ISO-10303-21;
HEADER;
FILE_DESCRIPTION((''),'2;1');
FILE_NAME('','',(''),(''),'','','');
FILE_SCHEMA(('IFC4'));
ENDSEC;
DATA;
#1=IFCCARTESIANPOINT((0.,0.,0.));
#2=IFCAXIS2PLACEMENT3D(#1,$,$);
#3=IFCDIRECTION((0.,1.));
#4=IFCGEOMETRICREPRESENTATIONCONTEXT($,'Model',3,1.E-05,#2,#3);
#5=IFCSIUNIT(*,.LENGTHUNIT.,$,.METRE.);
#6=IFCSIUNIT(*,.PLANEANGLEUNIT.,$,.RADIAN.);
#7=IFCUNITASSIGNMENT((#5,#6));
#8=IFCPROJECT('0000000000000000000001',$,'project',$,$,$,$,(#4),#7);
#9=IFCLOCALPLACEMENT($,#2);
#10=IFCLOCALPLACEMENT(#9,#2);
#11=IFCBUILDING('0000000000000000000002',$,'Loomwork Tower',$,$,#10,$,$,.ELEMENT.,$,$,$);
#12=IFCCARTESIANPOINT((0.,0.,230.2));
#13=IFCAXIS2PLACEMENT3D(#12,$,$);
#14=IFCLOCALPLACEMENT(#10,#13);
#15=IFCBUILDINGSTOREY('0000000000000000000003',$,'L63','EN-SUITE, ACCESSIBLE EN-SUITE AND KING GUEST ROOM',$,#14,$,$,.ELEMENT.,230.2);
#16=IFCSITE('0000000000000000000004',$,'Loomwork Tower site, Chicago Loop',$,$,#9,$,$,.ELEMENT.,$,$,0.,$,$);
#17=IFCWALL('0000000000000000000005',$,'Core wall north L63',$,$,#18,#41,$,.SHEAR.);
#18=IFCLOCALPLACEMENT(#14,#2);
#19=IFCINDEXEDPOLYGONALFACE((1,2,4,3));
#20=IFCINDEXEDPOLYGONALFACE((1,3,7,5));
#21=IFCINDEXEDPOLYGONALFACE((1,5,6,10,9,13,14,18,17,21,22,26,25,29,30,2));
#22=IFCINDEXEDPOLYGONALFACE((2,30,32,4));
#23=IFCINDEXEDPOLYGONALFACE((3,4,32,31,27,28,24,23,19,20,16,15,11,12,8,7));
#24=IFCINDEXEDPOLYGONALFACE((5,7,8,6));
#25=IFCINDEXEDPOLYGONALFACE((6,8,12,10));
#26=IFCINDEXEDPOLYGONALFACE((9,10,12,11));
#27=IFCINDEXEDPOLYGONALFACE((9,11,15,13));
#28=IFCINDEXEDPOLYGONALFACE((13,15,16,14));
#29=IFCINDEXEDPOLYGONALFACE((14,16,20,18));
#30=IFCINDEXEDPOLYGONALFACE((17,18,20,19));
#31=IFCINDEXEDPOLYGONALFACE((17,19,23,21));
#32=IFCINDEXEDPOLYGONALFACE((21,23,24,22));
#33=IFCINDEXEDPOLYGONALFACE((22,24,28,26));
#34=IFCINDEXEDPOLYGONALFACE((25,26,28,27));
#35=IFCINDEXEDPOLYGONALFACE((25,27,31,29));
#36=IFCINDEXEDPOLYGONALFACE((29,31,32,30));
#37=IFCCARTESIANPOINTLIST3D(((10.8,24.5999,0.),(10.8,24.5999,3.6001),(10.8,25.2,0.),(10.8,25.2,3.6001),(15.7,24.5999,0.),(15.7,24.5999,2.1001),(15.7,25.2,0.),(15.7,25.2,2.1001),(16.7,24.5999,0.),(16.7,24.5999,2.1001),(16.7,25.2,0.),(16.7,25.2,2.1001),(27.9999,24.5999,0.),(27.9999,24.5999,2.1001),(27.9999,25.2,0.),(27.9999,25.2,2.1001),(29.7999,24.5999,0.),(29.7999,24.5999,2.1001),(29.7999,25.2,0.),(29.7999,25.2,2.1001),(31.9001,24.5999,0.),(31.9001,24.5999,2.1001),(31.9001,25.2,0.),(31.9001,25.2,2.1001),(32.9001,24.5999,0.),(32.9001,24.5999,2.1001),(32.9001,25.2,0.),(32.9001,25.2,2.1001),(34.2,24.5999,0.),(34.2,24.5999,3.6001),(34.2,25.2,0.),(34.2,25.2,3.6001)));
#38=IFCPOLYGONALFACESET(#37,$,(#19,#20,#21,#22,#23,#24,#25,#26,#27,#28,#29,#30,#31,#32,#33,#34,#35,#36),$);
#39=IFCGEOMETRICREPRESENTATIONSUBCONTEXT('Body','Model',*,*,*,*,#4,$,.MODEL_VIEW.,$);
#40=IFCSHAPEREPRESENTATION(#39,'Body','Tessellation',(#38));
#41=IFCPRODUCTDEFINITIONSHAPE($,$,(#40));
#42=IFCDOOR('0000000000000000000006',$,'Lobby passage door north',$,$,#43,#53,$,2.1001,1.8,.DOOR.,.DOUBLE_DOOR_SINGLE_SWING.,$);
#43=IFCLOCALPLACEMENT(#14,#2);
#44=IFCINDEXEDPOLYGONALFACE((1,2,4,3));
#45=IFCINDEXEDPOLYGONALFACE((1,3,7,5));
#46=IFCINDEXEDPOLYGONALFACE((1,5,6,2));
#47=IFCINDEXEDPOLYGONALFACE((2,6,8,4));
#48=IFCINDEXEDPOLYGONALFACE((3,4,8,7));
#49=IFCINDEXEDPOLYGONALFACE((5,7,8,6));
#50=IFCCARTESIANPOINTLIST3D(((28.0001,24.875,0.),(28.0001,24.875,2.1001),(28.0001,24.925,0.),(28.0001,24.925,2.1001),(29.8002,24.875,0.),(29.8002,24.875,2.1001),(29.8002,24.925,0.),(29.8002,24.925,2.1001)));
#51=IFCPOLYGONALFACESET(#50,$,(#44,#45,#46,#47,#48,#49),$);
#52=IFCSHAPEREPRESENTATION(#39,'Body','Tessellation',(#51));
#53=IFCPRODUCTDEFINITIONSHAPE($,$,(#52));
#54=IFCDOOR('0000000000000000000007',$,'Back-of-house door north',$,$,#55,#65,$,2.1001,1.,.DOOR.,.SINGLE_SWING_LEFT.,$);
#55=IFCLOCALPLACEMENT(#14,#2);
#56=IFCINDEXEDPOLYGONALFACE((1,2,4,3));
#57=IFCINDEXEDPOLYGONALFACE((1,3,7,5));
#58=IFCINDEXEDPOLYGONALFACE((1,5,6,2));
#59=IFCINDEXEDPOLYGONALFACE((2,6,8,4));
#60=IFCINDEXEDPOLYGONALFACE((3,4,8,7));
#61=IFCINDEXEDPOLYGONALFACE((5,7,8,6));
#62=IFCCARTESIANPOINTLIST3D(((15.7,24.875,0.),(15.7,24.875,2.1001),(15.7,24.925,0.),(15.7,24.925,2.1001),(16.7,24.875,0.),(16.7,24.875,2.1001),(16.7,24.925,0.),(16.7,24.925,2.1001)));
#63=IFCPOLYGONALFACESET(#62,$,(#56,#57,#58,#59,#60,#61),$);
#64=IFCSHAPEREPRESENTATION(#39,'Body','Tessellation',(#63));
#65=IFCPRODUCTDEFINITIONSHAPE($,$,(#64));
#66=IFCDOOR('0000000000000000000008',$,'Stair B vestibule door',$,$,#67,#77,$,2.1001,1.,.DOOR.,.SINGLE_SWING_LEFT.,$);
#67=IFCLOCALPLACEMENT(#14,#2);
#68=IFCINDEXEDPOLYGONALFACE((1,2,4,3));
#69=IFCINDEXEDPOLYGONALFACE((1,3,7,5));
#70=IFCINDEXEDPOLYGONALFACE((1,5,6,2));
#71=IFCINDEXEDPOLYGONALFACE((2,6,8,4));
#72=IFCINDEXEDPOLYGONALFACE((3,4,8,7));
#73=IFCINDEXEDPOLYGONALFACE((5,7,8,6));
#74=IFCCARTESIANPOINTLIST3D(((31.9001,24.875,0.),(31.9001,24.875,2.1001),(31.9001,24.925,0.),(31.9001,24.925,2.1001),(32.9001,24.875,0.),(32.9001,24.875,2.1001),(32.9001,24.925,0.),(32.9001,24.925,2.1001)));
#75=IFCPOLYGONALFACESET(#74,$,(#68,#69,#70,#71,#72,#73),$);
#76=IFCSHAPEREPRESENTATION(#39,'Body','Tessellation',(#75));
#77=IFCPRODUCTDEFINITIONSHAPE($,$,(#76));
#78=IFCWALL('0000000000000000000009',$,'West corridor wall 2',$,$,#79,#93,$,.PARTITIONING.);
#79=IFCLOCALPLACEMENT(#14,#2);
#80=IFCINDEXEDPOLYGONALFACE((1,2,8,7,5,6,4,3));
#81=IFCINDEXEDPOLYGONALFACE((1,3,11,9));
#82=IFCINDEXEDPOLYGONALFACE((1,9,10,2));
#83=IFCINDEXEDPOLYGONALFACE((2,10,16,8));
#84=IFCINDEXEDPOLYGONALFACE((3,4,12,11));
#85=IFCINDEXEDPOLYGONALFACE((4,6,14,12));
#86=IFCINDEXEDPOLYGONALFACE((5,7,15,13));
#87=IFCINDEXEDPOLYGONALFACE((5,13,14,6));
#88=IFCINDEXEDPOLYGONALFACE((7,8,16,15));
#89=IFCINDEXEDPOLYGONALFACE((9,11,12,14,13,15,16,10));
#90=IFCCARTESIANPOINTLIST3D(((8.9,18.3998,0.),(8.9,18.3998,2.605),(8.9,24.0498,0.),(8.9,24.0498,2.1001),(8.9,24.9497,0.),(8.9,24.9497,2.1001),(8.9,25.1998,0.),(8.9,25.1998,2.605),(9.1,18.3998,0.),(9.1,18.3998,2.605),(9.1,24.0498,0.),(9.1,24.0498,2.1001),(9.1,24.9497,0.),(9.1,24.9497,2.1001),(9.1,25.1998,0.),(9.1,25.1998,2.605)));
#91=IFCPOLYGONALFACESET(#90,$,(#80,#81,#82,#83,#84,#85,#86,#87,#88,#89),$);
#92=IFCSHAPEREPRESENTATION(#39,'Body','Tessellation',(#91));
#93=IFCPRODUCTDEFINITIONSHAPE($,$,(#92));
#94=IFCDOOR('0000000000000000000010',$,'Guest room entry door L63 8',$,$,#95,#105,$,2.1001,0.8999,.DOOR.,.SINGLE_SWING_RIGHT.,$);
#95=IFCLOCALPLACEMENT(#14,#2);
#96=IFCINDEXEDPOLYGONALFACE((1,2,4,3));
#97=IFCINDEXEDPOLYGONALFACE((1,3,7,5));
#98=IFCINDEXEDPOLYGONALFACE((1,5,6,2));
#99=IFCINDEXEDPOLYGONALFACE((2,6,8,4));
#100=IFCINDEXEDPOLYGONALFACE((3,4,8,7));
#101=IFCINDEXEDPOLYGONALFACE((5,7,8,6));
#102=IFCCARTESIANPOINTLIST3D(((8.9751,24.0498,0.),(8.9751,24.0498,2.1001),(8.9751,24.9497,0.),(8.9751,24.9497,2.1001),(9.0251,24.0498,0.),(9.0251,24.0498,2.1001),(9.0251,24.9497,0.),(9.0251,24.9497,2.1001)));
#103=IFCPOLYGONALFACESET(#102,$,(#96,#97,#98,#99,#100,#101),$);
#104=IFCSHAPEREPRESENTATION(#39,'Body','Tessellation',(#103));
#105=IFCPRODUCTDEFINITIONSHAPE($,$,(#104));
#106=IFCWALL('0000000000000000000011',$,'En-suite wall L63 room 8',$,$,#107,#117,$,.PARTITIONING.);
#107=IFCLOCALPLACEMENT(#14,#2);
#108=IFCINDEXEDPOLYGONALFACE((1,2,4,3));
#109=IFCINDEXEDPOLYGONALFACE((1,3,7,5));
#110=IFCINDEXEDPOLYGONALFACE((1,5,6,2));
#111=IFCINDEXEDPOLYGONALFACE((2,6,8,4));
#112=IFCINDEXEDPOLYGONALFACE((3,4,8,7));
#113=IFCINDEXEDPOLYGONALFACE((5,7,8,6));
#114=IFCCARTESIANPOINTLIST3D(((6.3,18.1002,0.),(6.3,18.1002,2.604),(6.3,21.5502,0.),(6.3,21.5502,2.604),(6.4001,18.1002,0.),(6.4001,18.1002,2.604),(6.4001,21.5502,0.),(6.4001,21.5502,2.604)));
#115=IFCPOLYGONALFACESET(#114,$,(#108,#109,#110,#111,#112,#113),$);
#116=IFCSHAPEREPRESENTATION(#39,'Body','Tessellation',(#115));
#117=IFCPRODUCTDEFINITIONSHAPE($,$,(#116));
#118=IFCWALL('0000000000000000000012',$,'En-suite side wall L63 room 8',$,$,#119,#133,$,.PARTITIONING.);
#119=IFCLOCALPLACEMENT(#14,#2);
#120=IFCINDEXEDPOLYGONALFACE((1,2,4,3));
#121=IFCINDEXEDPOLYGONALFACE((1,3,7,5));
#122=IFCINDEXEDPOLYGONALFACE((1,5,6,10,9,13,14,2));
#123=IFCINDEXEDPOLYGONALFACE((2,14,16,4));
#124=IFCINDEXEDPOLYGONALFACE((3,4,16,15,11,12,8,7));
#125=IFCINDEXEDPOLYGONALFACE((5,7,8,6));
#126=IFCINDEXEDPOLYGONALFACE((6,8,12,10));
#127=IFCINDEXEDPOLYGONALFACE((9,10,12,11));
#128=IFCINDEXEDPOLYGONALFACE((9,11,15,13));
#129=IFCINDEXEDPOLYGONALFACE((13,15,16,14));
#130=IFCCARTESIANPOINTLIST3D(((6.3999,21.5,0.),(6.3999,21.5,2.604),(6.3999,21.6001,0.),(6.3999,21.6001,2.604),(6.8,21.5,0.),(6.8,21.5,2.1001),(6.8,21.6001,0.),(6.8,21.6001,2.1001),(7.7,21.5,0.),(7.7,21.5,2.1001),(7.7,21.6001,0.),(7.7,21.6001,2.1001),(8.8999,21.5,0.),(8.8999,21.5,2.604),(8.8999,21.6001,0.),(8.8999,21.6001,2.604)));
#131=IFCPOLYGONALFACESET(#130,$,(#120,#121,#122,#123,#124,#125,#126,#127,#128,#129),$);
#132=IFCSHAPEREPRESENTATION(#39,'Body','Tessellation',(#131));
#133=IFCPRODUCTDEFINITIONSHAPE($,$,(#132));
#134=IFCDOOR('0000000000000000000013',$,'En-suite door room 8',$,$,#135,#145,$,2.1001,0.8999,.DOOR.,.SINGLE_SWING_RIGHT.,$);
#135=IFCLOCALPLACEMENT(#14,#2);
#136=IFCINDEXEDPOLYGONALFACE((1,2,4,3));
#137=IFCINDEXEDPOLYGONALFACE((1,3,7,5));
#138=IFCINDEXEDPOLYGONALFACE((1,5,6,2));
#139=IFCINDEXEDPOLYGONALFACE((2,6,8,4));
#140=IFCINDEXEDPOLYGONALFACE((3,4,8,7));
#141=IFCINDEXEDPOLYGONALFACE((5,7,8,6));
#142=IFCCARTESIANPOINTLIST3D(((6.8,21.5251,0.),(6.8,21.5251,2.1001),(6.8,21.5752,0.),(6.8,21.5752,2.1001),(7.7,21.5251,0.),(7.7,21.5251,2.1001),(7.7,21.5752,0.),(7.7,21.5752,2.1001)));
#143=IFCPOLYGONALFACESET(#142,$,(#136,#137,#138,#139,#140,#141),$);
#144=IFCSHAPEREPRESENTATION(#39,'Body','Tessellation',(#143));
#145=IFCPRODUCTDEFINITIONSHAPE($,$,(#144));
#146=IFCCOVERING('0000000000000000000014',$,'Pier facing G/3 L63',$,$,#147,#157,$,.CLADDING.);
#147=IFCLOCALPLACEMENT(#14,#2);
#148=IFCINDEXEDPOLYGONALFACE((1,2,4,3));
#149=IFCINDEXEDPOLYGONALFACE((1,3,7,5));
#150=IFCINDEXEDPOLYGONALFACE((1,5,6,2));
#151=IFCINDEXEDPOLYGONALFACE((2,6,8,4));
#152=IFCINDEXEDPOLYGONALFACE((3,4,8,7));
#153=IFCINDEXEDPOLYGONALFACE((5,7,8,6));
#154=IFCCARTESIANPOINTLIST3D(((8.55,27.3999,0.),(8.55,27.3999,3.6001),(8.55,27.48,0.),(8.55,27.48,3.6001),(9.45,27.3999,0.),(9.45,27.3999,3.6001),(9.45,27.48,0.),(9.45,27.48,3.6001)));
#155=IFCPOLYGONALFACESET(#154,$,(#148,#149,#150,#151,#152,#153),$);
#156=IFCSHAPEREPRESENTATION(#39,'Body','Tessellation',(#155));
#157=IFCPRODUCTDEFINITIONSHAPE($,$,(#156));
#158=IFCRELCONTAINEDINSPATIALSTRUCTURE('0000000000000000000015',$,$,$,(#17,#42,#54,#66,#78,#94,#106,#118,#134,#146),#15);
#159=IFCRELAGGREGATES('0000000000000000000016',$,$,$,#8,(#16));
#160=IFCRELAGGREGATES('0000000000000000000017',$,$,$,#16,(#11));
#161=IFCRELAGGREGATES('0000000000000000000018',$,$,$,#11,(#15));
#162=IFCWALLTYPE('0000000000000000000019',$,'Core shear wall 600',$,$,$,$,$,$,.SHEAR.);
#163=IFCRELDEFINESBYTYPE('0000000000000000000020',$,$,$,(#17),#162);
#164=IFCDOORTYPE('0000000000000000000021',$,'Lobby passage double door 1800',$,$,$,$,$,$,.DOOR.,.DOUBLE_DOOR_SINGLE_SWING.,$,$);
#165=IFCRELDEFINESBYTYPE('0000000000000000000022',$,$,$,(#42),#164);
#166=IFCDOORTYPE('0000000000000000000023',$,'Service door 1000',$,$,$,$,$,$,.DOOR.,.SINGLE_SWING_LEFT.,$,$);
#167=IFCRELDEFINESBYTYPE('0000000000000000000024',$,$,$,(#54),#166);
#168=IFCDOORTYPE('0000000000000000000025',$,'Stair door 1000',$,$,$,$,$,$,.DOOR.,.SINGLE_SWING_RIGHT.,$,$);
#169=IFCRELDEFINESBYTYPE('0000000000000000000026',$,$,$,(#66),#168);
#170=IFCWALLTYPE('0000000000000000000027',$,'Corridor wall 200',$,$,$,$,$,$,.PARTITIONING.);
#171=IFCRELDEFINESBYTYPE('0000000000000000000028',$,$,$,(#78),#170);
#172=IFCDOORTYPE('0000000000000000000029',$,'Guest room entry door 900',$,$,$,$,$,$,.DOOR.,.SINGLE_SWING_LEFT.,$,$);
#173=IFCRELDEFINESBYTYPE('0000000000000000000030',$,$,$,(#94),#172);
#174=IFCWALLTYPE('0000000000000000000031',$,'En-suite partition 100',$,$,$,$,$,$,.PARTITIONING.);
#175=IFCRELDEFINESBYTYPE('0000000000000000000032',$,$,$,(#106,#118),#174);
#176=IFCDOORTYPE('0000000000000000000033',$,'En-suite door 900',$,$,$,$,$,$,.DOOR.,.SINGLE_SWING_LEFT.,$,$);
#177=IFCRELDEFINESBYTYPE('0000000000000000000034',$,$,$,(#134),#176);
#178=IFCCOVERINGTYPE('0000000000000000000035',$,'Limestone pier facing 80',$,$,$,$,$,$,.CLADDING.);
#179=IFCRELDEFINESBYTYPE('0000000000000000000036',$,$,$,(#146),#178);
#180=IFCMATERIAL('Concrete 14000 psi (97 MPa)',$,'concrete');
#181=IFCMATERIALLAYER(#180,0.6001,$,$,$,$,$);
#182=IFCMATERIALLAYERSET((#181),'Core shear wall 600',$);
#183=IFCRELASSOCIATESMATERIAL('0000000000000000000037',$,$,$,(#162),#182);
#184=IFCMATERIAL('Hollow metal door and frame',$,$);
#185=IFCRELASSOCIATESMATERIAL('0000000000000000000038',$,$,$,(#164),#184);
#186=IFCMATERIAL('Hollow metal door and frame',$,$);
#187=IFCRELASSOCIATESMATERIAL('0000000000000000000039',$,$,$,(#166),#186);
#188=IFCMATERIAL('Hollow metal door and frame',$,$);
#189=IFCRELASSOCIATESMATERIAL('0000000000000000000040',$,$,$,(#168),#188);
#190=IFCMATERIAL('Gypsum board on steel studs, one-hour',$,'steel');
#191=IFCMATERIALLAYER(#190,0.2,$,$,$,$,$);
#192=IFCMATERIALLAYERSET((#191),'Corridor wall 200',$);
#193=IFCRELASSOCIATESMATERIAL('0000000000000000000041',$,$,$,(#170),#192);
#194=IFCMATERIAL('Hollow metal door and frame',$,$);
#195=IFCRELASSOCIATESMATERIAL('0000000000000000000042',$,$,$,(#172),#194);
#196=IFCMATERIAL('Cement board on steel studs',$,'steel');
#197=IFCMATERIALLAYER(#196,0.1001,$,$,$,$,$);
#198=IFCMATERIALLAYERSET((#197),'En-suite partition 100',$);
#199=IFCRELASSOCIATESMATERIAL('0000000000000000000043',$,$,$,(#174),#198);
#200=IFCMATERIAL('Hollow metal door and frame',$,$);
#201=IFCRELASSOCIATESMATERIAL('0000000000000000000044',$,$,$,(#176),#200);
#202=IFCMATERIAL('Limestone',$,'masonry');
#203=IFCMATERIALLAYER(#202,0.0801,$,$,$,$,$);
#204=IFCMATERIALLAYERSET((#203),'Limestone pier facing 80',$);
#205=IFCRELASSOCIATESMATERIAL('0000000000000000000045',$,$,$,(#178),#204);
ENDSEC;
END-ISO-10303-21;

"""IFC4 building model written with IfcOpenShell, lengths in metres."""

from ifc_helpers import new_model, si_unit, direction, frame, frame_2d, origin, origin_2d, place, context, subcontext, project, spatial, rectangle, extrude, material, layer, layer_set, type_object, element, fill, save


model = new_model("IFC4")

# Units and contexts
model_context = context("Model", 3, precision=1e-05, world=origin(), true_north=direction((0.0, 1.0)))
body_context = subcontext(model_context, "Body", "Model", "MODEL_VIEW")
ifc_project = project(units=[si_unit("LENGTHUNIT", "METRE"), si_unit("PLANEANGLEUNIT", "RADIAN")], contexts=[model_context])

# Site, building, storey
site_placement = place(None, origin())
site = spatial("IfcSite", under=ifc_project, at=site_placement, Name="Loomwork Tower site, Chicago Loop", CompositionType="ELEMENT", RefElevation=0.0)
building_placement = place(site_placement, origin())
building = spatial("IfcBuilding", under=site, at=building_placement, Name="Loomwork Tower", CompositionType="ELEMENT")
storey_placement = place(building_placement, frame((0.0, 0.0, 230.2)))
storey = spatial("IfcBuildingStorey", under=building, at=storey_placement, Name="L63", Description="EN-SUITE, ACCESSIBLE EN-SUITE AND KING GUEST ROOM", CompositionType="ELEMENT", Elevation=230.2)

# Wall, openings, doors
ifc_material_1 = material(Name="Concrete 14000 psi (97 MPa)", Category="concrete")
ifc_layer_1 = layer(ifc_material_1, 0.6001)
ifc_layer_set_1 = layer_set([ifc_layer_1], Name="Core shear wall 600")
wall_type_1 = type_object("IfcWallType", Name="Core shear wall 600", PredefinedType="SHEAR", material=ifc_layer_set_1)
wall_1_placement = place(storey_placement, frame((10.8, 24.8999, 0.0), z_axis=(0.0, 0.0, 1.0), x_axis=(1.0, 0.0, 0.0)))
wall_1 = element("IfcWall", 1, at=wall_1_placement, inside=storey, type_object=wall_type_1, Name="Core wall north L63", PredefinedType="SHEAR", context=body_context, shape_type="SweptSolid", body=[
    extrude(rectangle(XDim=23.3999, YDim=0.6001, at=frame_2d((11.7, 0.0))), origin(), (0.0, 0.0, 1.0), 3.6001),
])
opening_1_placement = place(wall_1_placement, frame((17.2, 0.0, 0.0)))
opening_1 = element("IfcOpeningElement", 2, at=opening_1_placement, cuts=wall_1, PredefinedType="OPENING", context=body_context, shape_type="SweptSolid", body=[
    extrude(rectangle(XDim=1.8, YDim=2.1001, at=frame_2d((0.8999, 1.05))), frame((0.0, 0.3101, 0.0), z_axis=(0.0, -1.0, 0.0), x_axis=(1.0, 0.0, 0.0)), (0.0, 0.0, 1.0), 0.6201),
])
opening_2_placement = place(wall_1_placement, frame((21.1001, 0.0, 0.0)))
opening_2 = element("IfcOpeningElement", 3, at=opening_2_placement, cuts=wall_1, PredefinedType="OPENING", context=body_context, shape_type="SweptSolid", body=[
    extrude(rectangle(XDim=1.0, YDim=2.1001, at=frame_2d((0.5, 1.05))), frame((0.0, 0.3101, 0.0), z_axis=(0.0, -1.0, 0.0), x_axis=(1.0, 0.0, 0.0)), (0.0, 0.0, 1.0), 0.6201),
])
opening_3_placement = place(wall_1_placement, frame((4.8999, 0.0, 0.0)))
opening_3 = element("IfcOpeningElement", 4, at=opening_3_placement, cuts=wall_1, PredefinedType="OPENING", context=body_context, shape_type="SweptSolid", body=[
    extrude(rectangle(XDim=1.0, YDim=2.1001, at=frame_2d((0.5, 1.05))), frame((0.0, 0.3101, 0.0), z_axis=(0.0, -1.0, 0.0), x_axis=(1.0, 0.0, 0.0)), (0.0, 0.0, 1.0), 0.6201),
])
ifc_material_2 = material(Name="Hollow metal door and frame")
door_type_1 = type_object("IfcDoorType", Name="Lobby passage double door 1800", OperationType="DOUBLE_DOOR_SINGLE_SWING", PredefinedType="DOOR", material=ifc_material_2)
door_1_placement = place(opening_1_placement, frame((1.8, 0.0, 0.0), z_axis=(0.0, 0.0, 1.0), x_axis=(-1.0, 0.0, 0.0)))
door_1 = element("IfcDoor", 5, at=door_1_placement, inside=storey, type_object=door_type_1, Name="Lobby passage door north", OperationType="DOUBLE_DOOR_SINGLE_SWING", OverallHeight=2.1001, OverallWidth=1.8, PredefinedType="DOOR", context=body_context, shape_type="SweptSolid", body=[
    extrude(rectangle(XDim=1.8, YDim=2.1001, at=frame_2d((0.8999, 1.05))), frame((0.0, 0.0249, 0.0), z_axis=(0.0, -1.0, 0.0), x_axis=(1.0, 0.0, 0.0)), (0.0, 0.0, 1.0), 0.05),
])
fill(opening_1, door_1)
ifc_material_3 = material(Name="Hollow metal door and frame")
door_type_2 = type_object("IfcDoorType", Name="Service door 1000", OperationType="SINGLE_SWING_LEFT", PredefinedType="DOOR", material=ifc_material_3)
door_2_placement = place(opening_3_placement, frame((1.0, 0.0, 0.0), z_axis=(0.0, 0.0, 1.0), x_axis=(-1.0, 0.0, 0.0)))
door_2 = element("IfcDoor", 6, at=door_2_placement, inside=storey, type_object=door_type_2, Name="Back-of-house door north", OperationType="SINGLE_SWING_LEFT", OverallHeight=2.1001, OverallWidth=1.0, PredefinedType="DOOR", context=body_context, shape_type="SweptSolid", body=[
    extrude(rectangle(XDim=1.0, YDim=2.1001, at=frame_2d((0.5, 1.05))), frame((0.0, 0.0249, 0.0), z_axis=(0.0, -1.0, 0.0), x_axis=(1.0, 0.0, 0.0)), (0.0, 0.0, 1.0), 0.05),
])
fill(opening_3, door_2)
ifc_material_4 = material(Name="Hollow metal door and frame")
door_type_3 = type_object("IfcDoorType", Name="Stair door 1000", OperationType="SINGLE_SWING_RIGHT", PredefinedType="DOOR", material=ifc_material_4)
door_3_placement = place(opening_2_placement, frame((1.0, 0.0, 0.0), z_axis=(0.0, 0.0, 1.0), x_axis=(-1.0, 0.0, 0.0)))
door_3 = element("IfcDoor", 7, at=door_3_placement, inside=storey, type_object=door_type_3, Name="Stair B vestibule door", OperationType="SINGLE_SWING_LEFT", OverallHeight=2.1001, OverallWidth=1.0, PredefinedType="DOOR", context=body_context, shape_type="SweptSolid", body=[
    extrude(rectangle(XDim=1.0, YDim=2.1001, at=frame_2d((0.5, 1.05))), frame((0.0, 0.0249, 0.0), z_axis=(0.0, -1.0, 0.0), x_axis=(1.0, 0.0, 0.0)), (0.0, 0.0, 1.0), 0.05),
])
fill(opening_2, door_3)

# Wall, opening, door
ifc_material_5 = material(Name="Gypsum board on steel studs, one-hour", Category="steel")
ifc_layer_2 = layer(ifc_material_5, 0.2)
ifc_layer_set_2 = layer_set([ifc_layer_2], Name="Corridor wall 200")
wall_type_2 = type_object("IfcWallType", Name="Corridor wall 200", PredefinedType="PARTITIONING", material=ifc_layer_set_2)
wall_2_placement = place(storey_placement, frame((9.0, 18.3999, 0.0), z_axis=(0.0, 0.0, 1.0), x_axis=(0.0, 1.0, 0.0)))
wall_2 = element("IfcWall", 8, at=wall_2_placement, inside=storey, type_object=wall_type_2, Name="West corridor wall 2", PredefinedType="PARTITIONING", context=body_context, shape_type="SweptSolid", body=[
    extrude(rectangle(XDim=6.8, YDim=0.2, at=frame_2d((3.3999, 0.0))), origin(), (0.0, 0.0, 1.0), 2.605),
])
opening_4_placement = place(wall_2_placement, frame((5.6499, 0.0, 0.0)))
opening_4 = element("IfcOpeningElement", 9, at=opening_4_placement, cuts=wall_2, PredefinedType="OPENING", context=body_context, shape_type="SweptSolid", body=[
    extrude(rectangle(XDim=0.8999, YDim=2.1001, at=frame_2d((0.45, 1.05))), frame((0.0, 0.1099, 0.0), z_axis=(0.0, -1.0, 0.0), x_axis=(1.0, 0.0, 0.0)), (0.0, 0.0, 1.0), 0.22),
])
ifc_material_6 = material(Name="Hollow metal door and frame")
door_type_4 = type_object("IfcDoorType", Name="Guest room entry door 900", OperationType="SINGLE_SWING_LEFT", PredefinedType="DOOR", material=ifc_material_6)
door_4_placement = place(opening_4_placement, origin())
door_4 = element("IfcDoor", 10, at=door_4_placement, inside=storey, type_object=door_type_4, Name="Guest room entry door L63 8", OperationType="SINGLE_SWING_RIGHT", OverallHeight=2.1001, OverallWidth=0.8999, PredefinedType="DOOR", context=body_context, shape_type="SweptSolid", body=[
    extrude(rectangle(XDim=0.8999, YDim=2.1001, at=frame_2d((0.45, 1.05))), frame((0.0, 0.0249, 0.0), z_axis=(0.0, -1.0, 0.0), x_axis=(1.0, 0.0, 0.0)), (0.0, 0.0, 1.0), 0.05),
])
fill(opening_4, door_4)

# Wall
ifc_material_7 = material(Name="Cement board on steel studs", Category="steel")
ifc_layer_3 = layer(ifc_material_7, 0.1001)
ifc_layer_set_3 = layer_set([ifc_layer_3], Name="En-suite partition 100")
wall_type_3 = type_object("IfcWallType", Name="En-suite partition 100", PredefinedType="PARTITIONING", material=ifc_layer_set_3)
wall_3_placement = place(storey_placement, frame((6.3501, 18.1001, 0.0), z_axis=(0.0, 0.0, 1.0), x_axis=(0.0, 1.0, 0.0)))
element("IfcWall", 11, at=wall_3_placement, inside=storey, type_object=wall_type_3, Name="En-suite wall L63 room 8", PredefinedType="PARTITIONING", context=body_context, shape_type="SweptSolid", body=[
    extrude(rectangle(XDim=3.45, YDim=0.1001, at=frame_2d((1.7251, 0.0))), origin(), (0.0, 0.0, 1.0), 2.604),
])

# Wall, opening, door
wall_4_placement = place(storey_placement, frame((8.8999, 21.55, 0.0), z_axis=(0.0, 0.0, 1.0), x_axis=(-1.0, 0.0, 0.0)))
wall_4 = element("IfcWall", 12, at=wall_4_placement, inside=storey, type_object=wall_type_3, Name="En-suite side wall L63 room 8", PredefinedType="PARTITIONING", context=body_context, shape_type="SweptSolid", body=[
    extrude(rectangle(XDim=2.5, YDim=0.1001, at=frame_2d((1.25, 0.0))), origin(), (0.0, 0.0, 1.0), 2.604),
])
opening_5_placement = place(wall_4_placement, frame((1.2, 0.0, 0.0)))
opening_5 = element("IfcOpeningElement", 13, at=opening_5_placement, cuts=wall_4, PredefinedType="OPENING", context=body_context, shape_type="SweptSolid", body=[
    extrude(rectangle(XDim=0.8999, YDim=2.1001, at=frame_2d((0.45, 1.05))), frame((0.0, 0.0601, 0.0), z_axis=(0.0, -1.0, 0.0), x_axis=(1.0, 0.0, 0.0)), (0.0, 0.0, 1.0), 0.1201),
])
ifc_material_8 = material(Name="Hollow metal door and frame")
door_type_5 = type_object("IfcDoorType", Name="En-suite door 900", OperationType="SINGLE_SWING_LEFT", PredefinedType="DOOR", material=ifc_material_8)
door_5_placement = place(opening_5_placement, origin())
door_5 = element("IfcDoor", 14, at=door_5_placement, inside=storey, type_object=door_type_5, Name="En-suite door room 8", OperationType="SINGLE_SWING_RIGHT", OverallHeight=2.1001, OverallWidth=0.8999, PredefinedType="DOOR", context=body_context, shape_type="SweptSolid", body=[
    extrude(rectangle(XDim=0.8999, YDim=2.1001, at=frame_2d((0.45, 1.05))), frame((0.0, 0.0249, 0.0), z_axis=(0.0, -1.0, 0.0), x_axis=(1.0, 0.0, 0.0)), (0.0, 0.0, 1.0), 0.05),
])
fill(opening_5, door_5)

# Covering
ifc_material_9 = material(Name="Limestone", Category="masonry")
ifc_layer_4 = layer(ifc_material_9, 0.0801)
ifc_layer_set_4 = layer_set([ifc_layer_4], Name="Limestone pier facing 80")
covering_type = type_object("IfcCoveringType", Name="Limestone pier facing 80", PredefinedType="CLADDING", material=ifc_layer_set_4)
covering_placement = place(storey_placement, frame((9.0, 27.4399, 0.0), z_axis=(0.0, 0.0, 1.0), x_axis=(1.0, 0.0, 0.0)))
element("IfcCovering", 15, at=covering_placement, inside=storey, type_object=covering_type, Name="Pier facing G/3 L63", PredefinedType="CLADDING", context=body_context, shape_type="SweptSolid", body=[
    extrude(rectangle(XDim=0.8999, YDim=0.0801, at=origin_2d()), origin(), (0.0, 0.0, 1.0), 3.6001),
])

save(model, "model.ifc")
